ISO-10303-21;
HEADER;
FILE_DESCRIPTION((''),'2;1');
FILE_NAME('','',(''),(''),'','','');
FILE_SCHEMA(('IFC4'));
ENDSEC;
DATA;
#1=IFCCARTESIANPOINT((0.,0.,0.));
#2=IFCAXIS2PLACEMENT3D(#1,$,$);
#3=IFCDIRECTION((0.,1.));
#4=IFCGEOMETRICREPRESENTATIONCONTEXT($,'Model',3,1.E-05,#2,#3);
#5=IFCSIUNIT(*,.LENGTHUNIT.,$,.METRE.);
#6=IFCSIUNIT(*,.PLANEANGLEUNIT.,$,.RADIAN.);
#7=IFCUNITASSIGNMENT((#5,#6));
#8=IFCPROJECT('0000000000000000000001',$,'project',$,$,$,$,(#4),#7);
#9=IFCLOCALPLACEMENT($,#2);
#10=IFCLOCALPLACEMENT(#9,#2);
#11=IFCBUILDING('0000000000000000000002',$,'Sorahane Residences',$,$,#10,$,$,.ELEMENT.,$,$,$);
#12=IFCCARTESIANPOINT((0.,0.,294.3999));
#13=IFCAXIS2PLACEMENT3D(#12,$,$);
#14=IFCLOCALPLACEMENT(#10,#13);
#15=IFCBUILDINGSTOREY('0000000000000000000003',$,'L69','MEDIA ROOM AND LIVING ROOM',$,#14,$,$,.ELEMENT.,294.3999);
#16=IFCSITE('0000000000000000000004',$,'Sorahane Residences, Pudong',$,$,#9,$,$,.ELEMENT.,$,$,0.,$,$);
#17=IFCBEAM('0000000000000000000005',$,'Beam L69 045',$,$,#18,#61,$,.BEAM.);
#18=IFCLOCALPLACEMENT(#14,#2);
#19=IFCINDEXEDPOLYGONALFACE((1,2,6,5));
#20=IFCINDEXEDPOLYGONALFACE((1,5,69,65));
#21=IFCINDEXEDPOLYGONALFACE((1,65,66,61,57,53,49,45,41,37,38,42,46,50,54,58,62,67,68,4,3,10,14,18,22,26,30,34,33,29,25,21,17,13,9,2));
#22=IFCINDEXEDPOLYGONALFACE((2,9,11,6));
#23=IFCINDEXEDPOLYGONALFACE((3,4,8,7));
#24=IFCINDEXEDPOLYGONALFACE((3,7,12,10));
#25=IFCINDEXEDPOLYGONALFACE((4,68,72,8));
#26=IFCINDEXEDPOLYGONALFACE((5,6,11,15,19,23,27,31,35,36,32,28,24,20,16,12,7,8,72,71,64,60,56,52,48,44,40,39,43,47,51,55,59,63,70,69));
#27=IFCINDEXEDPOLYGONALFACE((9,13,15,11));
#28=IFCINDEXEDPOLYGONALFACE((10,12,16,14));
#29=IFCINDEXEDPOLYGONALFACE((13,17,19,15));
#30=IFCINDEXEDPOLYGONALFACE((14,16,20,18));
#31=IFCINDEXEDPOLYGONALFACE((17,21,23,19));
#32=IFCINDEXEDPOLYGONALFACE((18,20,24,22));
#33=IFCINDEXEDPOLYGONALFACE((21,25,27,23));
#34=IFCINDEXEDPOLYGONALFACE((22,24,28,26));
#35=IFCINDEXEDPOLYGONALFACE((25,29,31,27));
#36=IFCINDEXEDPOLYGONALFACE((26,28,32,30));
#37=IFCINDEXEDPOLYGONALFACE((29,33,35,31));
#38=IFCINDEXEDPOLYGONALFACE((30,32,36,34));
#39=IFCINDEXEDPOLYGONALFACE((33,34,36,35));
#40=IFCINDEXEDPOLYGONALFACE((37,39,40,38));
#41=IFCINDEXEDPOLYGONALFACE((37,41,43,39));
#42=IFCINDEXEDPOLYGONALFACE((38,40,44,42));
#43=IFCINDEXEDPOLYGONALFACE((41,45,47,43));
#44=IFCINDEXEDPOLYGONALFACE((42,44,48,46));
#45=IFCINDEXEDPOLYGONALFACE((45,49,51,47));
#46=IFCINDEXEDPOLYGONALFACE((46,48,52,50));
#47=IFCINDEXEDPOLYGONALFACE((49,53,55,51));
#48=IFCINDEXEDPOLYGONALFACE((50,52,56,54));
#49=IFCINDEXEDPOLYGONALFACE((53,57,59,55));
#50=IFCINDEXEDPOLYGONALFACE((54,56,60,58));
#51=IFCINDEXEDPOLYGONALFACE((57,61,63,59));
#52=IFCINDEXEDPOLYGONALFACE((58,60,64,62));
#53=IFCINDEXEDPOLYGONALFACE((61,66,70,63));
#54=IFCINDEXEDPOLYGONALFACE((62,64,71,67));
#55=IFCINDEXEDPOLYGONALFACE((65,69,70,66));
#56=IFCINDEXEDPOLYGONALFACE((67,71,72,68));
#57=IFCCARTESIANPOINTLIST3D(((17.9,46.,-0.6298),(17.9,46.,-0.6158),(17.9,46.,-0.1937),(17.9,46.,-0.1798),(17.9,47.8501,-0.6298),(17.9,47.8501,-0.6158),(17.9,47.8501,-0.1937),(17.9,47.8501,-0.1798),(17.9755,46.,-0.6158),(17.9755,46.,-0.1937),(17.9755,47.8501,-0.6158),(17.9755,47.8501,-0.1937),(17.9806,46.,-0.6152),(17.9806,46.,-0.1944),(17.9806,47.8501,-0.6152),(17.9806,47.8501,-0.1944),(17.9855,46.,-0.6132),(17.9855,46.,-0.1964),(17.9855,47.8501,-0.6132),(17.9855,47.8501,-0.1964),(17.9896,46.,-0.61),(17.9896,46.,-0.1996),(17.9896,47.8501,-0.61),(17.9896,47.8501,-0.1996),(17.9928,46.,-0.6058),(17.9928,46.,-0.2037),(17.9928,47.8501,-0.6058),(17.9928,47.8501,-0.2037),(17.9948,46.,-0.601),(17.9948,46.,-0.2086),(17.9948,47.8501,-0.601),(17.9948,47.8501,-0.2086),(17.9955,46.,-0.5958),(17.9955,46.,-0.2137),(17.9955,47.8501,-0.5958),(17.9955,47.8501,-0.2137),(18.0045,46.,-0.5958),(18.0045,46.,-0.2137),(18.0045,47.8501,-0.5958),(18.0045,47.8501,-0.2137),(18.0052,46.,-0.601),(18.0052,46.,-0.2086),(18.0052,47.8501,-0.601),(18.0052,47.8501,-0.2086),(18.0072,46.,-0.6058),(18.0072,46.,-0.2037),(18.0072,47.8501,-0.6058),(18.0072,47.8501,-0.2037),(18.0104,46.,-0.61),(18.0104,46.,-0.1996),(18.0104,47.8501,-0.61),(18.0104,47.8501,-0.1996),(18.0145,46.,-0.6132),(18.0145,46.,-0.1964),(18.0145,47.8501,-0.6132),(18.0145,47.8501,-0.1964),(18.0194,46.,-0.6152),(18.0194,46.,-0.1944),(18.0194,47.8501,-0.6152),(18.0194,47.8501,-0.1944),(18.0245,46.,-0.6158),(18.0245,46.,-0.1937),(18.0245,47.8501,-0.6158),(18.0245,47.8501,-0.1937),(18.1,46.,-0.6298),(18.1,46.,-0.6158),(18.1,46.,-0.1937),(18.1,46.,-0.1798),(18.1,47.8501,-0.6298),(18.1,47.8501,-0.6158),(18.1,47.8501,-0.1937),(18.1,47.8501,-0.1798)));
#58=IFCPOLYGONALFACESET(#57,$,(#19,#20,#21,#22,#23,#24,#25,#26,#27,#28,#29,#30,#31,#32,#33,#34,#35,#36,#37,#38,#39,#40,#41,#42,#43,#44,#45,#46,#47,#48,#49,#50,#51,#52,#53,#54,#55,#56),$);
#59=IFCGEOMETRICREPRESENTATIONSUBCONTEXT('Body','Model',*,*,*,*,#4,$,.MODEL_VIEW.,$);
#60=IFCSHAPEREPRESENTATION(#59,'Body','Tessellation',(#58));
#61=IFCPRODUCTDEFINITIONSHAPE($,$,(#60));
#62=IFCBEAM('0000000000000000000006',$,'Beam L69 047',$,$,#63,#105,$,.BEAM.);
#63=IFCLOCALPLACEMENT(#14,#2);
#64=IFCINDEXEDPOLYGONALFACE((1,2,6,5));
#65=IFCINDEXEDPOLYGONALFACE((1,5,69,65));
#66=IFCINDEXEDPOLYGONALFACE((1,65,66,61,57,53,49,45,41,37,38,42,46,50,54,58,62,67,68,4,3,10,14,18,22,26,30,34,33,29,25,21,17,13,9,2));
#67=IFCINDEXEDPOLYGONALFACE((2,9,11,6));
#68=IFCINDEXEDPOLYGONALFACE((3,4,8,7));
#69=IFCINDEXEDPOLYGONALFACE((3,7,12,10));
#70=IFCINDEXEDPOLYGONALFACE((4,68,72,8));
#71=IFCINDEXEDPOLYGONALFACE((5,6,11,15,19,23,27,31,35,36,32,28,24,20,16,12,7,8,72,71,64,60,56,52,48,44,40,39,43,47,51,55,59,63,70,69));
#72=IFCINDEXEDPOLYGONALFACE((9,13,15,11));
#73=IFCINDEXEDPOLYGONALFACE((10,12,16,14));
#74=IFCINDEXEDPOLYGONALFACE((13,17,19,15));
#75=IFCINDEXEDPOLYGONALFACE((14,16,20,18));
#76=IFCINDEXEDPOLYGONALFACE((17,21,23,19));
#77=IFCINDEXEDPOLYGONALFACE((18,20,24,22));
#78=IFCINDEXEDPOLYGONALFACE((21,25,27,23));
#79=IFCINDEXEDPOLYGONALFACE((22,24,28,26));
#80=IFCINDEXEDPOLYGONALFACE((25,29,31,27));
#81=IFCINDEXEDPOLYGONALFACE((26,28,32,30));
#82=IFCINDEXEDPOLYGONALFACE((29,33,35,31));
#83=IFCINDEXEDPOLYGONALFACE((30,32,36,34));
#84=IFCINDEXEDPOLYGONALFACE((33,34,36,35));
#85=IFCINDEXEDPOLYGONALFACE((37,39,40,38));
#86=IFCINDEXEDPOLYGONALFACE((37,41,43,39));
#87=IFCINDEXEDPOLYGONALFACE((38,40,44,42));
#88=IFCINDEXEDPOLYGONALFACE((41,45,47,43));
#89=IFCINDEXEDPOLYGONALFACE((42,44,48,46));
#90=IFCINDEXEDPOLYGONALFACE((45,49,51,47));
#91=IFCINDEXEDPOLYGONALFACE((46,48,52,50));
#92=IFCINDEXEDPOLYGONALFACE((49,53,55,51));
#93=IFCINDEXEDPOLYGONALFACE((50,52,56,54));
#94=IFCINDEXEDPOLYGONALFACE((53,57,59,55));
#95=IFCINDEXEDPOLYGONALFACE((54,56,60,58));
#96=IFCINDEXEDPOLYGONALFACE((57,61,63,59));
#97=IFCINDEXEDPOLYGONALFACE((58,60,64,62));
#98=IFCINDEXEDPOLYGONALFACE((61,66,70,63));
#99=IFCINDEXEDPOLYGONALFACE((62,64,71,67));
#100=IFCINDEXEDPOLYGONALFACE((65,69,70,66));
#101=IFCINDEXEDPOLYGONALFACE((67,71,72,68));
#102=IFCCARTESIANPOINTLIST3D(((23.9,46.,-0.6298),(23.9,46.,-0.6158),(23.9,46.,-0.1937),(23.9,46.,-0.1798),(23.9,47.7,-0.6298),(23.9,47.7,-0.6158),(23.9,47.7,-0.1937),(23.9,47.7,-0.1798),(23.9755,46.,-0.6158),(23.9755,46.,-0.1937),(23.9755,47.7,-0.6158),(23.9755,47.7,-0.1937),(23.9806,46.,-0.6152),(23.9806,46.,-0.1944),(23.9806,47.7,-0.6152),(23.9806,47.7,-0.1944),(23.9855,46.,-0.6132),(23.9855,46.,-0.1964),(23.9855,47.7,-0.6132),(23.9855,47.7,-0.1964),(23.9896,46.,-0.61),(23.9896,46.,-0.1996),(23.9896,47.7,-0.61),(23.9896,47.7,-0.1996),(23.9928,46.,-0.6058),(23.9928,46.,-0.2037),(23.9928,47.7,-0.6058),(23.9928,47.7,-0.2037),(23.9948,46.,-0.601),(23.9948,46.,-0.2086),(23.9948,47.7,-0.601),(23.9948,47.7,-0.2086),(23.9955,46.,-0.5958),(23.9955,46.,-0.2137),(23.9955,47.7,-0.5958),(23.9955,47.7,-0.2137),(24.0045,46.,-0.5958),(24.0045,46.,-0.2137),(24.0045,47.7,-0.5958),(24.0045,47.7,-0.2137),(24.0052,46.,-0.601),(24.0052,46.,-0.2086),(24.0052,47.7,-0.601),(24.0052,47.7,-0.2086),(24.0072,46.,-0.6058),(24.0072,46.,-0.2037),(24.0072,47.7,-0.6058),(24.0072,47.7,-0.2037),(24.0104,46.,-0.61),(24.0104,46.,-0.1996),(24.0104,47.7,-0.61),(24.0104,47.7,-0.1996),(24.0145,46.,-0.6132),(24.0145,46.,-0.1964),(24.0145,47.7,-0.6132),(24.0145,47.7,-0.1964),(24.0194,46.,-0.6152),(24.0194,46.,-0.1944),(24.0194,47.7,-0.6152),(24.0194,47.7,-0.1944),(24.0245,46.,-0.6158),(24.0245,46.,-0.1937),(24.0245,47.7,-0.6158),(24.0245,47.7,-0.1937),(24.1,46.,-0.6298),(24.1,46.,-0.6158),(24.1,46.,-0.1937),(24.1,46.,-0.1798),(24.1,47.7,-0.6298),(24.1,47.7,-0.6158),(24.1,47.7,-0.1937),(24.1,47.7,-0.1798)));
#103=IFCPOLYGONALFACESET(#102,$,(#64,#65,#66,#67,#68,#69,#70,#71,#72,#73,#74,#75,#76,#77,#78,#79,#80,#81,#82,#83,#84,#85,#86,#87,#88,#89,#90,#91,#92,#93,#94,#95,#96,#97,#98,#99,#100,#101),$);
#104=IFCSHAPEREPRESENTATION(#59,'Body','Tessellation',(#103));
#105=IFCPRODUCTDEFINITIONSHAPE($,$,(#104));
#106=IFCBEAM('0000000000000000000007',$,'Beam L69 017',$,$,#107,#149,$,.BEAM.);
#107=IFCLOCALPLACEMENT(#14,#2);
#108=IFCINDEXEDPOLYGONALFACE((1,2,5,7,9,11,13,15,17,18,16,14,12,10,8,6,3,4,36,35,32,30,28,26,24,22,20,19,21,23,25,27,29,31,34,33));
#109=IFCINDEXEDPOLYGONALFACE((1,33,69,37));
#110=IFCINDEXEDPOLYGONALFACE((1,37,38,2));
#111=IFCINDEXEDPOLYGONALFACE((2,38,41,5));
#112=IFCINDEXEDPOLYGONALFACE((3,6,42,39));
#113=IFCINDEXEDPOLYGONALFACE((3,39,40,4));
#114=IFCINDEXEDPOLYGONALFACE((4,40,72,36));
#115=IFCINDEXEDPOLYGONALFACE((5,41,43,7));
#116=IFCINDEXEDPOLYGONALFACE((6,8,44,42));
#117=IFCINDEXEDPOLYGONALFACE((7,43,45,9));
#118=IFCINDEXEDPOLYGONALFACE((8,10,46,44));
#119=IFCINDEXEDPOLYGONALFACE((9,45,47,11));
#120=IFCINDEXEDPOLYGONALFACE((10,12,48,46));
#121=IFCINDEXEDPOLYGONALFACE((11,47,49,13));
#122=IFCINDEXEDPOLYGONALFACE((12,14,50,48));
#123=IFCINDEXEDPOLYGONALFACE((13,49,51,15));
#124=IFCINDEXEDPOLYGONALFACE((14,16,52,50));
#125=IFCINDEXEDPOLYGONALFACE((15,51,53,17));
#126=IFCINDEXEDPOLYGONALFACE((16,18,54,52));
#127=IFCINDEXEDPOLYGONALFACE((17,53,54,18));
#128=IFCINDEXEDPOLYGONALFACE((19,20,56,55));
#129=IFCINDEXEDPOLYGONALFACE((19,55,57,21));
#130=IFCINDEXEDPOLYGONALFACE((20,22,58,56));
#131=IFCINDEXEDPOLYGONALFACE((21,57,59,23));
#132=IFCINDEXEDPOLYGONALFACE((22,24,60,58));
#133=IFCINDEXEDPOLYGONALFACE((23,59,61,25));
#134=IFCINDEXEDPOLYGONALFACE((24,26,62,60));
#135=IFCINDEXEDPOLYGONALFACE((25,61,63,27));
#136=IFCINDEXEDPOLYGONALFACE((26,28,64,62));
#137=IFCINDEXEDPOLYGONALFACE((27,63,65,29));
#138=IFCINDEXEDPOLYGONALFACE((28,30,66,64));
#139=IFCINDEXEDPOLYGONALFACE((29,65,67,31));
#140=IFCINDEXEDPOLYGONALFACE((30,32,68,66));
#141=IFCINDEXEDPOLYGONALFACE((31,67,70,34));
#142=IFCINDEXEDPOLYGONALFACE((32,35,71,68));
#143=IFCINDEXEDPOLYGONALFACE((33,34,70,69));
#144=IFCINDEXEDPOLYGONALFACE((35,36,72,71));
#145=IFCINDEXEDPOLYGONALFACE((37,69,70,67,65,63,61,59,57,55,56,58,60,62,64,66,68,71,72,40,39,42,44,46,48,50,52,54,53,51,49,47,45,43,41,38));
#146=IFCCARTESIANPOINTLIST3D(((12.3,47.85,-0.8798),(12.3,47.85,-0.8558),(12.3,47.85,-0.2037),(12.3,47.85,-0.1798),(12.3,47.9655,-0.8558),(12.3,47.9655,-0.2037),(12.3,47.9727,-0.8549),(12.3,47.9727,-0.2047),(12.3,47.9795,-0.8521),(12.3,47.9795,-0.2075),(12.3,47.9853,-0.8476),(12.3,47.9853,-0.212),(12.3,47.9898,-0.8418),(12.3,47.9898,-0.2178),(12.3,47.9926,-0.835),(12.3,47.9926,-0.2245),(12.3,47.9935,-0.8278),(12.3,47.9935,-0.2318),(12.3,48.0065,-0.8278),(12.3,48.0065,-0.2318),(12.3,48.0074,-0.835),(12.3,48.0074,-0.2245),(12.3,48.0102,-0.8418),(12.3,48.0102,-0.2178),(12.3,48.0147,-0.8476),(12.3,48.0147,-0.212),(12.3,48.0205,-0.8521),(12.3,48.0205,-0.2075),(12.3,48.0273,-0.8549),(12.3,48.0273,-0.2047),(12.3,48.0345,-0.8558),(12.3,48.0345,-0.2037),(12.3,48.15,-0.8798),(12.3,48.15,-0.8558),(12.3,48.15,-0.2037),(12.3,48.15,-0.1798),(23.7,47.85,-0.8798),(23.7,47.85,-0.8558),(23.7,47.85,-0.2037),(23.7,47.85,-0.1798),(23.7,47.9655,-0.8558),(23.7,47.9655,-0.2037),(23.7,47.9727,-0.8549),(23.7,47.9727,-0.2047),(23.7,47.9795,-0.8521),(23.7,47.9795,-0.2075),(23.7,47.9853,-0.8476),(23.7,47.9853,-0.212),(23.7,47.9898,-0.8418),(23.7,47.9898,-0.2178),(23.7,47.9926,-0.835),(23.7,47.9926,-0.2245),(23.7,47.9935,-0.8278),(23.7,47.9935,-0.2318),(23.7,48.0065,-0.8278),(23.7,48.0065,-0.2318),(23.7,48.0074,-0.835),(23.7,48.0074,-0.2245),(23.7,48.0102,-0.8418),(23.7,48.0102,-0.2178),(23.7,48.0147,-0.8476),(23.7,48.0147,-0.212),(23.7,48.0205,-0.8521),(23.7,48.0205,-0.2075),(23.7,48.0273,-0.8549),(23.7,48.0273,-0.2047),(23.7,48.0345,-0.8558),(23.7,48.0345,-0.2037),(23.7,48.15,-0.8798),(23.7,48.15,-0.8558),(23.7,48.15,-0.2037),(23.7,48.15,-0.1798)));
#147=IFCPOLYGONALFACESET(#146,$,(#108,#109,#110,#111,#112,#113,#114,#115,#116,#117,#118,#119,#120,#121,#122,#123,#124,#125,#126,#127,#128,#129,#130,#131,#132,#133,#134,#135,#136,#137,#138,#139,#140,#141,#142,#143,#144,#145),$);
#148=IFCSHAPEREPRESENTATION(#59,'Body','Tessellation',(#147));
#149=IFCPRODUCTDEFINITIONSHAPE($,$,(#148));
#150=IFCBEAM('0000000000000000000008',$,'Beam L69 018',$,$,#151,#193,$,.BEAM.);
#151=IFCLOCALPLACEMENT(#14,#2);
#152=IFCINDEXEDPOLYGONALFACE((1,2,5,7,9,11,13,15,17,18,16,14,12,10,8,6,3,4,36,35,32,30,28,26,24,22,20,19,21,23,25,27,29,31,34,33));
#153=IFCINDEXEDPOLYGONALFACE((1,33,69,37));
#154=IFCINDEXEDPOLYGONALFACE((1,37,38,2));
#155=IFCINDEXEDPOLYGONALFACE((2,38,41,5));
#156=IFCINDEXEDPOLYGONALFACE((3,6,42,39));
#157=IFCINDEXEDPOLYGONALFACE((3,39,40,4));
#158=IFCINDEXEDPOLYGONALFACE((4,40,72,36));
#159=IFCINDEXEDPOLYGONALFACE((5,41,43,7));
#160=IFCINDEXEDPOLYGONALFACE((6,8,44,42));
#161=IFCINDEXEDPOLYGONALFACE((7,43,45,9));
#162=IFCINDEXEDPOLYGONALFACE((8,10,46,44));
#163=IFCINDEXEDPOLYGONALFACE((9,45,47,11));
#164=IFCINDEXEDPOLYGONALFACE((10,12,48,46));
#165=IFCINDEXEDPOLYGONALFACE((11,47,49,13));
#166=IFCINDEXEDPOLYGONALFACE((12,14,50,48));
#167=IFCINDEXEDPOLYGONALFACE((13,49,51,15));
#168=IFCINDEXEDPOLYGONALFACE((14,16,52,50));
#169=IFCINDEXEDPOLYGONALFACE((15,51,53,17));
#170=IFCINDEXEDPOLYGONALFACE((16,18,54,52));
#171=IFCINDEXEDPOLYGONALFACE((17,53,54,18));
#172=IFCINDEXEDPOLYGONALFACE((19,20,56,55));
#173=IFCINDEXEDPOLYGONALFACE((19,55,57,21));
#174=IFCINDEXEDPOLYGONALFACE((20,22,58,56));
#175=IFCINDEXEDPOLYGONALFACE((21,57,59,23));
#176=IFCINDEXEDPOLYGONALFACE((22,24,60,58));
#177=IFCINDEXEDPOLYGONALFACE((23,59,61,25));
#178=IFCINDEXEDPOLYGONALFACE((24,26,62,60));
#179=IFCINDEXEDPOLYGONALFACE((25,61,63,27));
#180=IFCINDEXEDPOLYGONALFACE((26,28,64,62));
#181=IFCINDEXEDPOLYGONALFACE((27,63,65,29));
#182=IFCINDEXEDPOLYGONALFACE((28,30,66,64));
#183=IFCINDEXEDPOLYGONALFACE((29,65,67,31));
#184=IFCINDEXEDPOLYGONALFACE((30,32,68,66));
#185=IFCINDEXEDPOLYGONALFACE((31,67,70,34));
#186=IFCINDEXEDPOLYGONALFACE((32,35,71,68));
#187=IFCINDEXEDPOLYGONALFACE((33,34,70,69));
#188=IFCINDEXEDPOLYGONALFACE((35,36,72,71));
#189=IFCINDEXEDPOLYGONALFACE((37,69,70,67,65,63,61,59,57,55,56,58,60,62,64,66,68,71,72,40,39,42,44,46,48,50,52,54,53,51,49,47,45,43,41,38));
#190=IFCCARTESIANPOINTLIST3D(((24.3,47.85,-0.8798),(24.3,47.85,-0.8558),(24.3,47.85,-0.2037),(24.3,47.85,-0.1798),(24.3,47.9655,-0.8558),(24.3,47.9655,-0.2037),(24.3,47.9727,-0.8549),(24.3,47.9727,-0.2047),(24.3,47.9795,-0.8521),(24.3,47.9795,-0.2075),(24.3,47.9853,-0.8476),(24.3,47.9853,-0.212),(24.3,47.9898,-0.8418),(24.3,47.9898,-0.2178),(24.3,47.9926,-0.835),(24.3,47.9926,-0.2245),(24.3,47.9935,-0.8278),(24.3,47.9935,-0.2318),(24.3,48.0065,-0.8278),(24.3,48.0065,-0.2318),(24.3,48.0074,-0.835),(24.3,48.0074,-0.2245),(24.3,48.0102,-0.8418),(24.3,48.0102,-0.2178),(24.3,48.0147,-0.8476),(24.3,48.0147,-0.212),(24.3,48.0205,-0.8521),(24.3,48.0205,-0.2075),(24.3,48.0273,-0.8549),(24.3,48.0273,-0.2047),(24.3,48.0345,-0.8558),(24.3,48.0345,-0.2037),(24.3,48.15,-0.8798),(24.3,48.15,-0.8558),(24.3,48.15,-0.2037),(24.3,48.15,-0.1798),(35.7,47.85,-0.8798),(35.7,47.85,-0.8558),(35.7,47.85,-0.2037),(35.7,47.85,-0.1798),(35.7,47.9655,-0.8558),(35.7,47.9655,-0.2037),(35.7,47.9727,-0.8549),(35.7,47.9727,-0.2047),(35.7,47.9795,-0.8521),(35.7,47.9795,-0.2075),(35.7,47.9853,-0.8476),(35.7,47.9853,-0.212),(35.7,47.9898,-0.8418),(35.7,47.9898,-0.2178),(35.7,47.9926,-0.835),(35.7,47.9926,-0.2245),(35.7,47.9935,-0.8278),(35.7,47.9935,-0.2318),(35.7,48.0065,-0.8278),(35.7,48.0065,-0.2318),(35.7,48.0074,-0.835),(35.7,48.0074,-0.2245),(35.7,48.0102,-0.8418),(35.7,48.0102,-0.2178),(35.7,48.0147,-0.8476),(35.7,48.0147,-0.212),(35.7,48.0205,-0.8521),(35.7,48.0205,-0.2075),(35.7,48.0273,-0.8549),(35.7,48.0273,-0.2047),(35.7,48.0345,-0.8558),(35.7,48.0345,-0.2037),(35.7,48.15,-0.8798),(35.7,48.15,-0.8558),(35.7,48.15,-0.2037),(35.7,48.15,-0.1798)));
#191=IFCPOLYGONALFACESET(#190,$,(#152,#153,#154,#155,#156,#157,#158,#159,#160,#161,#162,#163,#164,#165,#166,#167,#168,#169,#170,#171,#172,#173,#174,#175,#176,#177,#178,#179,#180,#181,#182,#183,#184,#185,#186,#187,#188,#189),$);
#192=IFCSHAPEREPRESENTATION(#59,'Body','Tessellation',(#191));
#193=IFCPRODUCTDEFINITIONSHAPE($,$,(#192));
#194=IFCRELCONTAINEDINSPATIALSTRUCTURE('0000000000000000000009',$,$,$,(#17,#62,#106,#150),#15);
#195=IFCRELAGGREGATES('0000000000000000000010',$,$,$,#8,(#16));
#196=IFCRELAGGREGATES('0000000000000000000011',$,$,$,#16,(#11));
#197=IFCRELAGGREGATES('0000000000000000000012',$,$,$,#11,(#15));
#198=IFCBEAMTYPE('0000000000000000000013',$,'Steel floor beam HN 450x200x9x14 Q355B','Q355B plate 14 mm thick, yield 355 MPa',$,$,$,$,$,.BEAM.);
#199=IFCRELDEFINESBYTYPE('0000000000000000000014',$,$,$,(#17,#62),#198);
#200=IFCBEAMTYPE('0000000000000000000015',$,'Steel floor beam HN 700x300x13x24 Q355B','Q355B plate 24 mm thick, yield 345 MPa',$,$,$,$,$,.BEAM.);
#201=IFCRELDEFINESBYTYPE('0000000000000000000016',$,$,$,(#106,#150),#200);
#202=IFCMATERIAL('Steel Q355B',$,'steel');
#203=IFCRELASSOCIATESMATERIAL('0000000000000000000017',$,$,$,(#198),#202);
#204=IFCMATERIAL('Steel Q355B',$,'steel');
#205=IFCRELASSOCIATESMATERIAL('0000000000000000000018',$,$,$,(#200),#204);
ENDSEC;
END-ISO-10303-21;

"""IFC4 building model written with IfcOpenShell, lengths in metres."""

from ifc_helpers import new_model, si_unit, direction, frame, origin, origin_2d, place, context, subcontext, project, spatial, i_section, extrude, material, material_profile, profile_set, type_object, element, save


model = new_model("IFC4")

# Units and contexts
model_context = context("Model", 3, precision=1e-05, world=origin(), true_north=direction((0.0, 1.0)))
body_context = subcontext(model_context, "Body", "Model", "MODEL_VIEW")
ifc_project = project(units=[si_unit("LENGTHUNIT", "METRE"), si_unit("PLANEANGLEUNIT", "RADIAN")], contexts=[model_context])

# Site, building, storey
site_placement = place(None, origin())
site = spatial("IfcSite", under=ifc_project, at=site_placement, Name="Sorahane Residences, Pudong", CompositionType="ELEMENT", RefElevation=0.0)
building_placement = place(site_placement, origin())
building = spatial("IfcBuilding", under=site, at=building_placement, Name="Sorahane Residences", CompositionType="ELEMENT")
storey_placement = place(building_placement, frame((0.0, 0.0, 294.3999)))
storey = spatial("IfcBuildingStorey", under=building, at=storey_placement, Name="L69", Description="MEDIA ROOM AND LIVING ROOM", CompositionType="ELEMENT", Elevation=294.3999)

# Beams
ifc_material_1 = material(Name="Steel Q355B", Category="steel")
ifc_material_profile_1 = material_profile(ifc_material_1, i_section(OverallWidth=0.2, OverallDepth=0.45, WebThickness=0.009, FlangeThickness=0.0139, FilletRadius=0.02, at=origin_2d()), Name="HN 450x200x9x14")
ifc_profile_set_1 = profile_set([ifc_material_profile_1], Name="Steel Q355B")
beam_type_1 = type_object("IfcBeamType", Name="Steel floor beam HN 450x200x9x14 Q355B", Description="Q355B plate 14 mm thick, yield 355 MPa", PredefinedType="BEAM", material=ifc_profile_set_1)
beam_1_placement = place(storey_placement, frame((18.0, 46.0, -0.4048), z_axis=(0.0, 1.0, 0.0), x_axis=(-1.0, 0.0, 0.0)))
element("IfcBeam", 1, at=beam_1_placement, inside=storey, type_object=beam_type_1, Name="Beam L69 045", PredefinedType="BEAM", context=body_context, shape_type="SweptSolid", body=[
    extrude(i_section(OverallWidth=0.2, OverallDepth=0.45, WebThickness=0.009, FlangeThickness=0.0139, FilletRadius=0.02, at=origin_2d()), origin(), (0.0, 0.0, 1.0), 1.8501),
])
beam_2_placement = place(storey_placement, frame((24.0, 46.0, -0.4048), z_axis=(0.0, 1.0, 0.0), x_axis=(-1.0, 0.0, 0.0)))
element("IfcBeam", 2, at=beam_2_placement, inside=storey, type_object=beam_type_1, Name="Beam L69 047", PredefinedType="BEAM", context=body_context, shape_type="SweptSolid", body=[
    extrude(i_section(OverallWidth=0.2, OverallDepth=0.45, WebThickness=0.009, FlangeThickness=0.0139, FilletRadius=0.02, at=origin_2d()), origin(), (0.0, 0.0, 1.0), 1.7),
])
ifc_material_2 = material(Name="Steel Q355B", Category="steel")
ifc_material_profile_2 = material_profile(ifc_material_2, i_section(OverallWidth=0.3, OverallDepth=0.7, WebThickness=0.0129, FlangeThickness=0.0239, FilletRadius=0.0281, at=origin_2d()), Name="HN 700x300x13x24")
ifc_profile_set_2 = profile_set([ifc_material_profile_2], Name="Steel Q355B")
beam_type_2 = type_object("IfcBeamType", Name="Steel floor beam HN 700x300x13x24 Q355B", Description="Q355B plate 24 mm thick, yield 345 MPa", PredefinedType="BEAM", material=ifc_profile_set_2)
for number, where, z_axis, x_axis, name in (
    (3, (12.3, 48.0, -0.5298), (1.0, 0.0, 0.0), (0.0, 1.0, 0.0), "Beam L69 017"),
    (4, (24.3, 48.0, -0.5298), (1.0, 0.0, 0.0), (0.0, 1.0, 0.0), "Beam L69 018"),
):
    element("IfcBeam", number, at=place(storey_placement, frame(where, z_axis=z_axis, x_axis=x_axis)), inside=storey, type_object=beam_type_2, Name=name, PredefinedType="BEAM", context=body_context, shape_type="SweptSolid", body=[
        extrude(i_section(OverallWidth=0.3, OverallDepth=0.7, WebThickness=0.0129, FlangeThickness=0.0239, FilletRadius=0.0281, at=origin_2d()), origin(), (0.0, 0.0, 1.0), 11.3999),
    ])

save(model, "model.ifc")
